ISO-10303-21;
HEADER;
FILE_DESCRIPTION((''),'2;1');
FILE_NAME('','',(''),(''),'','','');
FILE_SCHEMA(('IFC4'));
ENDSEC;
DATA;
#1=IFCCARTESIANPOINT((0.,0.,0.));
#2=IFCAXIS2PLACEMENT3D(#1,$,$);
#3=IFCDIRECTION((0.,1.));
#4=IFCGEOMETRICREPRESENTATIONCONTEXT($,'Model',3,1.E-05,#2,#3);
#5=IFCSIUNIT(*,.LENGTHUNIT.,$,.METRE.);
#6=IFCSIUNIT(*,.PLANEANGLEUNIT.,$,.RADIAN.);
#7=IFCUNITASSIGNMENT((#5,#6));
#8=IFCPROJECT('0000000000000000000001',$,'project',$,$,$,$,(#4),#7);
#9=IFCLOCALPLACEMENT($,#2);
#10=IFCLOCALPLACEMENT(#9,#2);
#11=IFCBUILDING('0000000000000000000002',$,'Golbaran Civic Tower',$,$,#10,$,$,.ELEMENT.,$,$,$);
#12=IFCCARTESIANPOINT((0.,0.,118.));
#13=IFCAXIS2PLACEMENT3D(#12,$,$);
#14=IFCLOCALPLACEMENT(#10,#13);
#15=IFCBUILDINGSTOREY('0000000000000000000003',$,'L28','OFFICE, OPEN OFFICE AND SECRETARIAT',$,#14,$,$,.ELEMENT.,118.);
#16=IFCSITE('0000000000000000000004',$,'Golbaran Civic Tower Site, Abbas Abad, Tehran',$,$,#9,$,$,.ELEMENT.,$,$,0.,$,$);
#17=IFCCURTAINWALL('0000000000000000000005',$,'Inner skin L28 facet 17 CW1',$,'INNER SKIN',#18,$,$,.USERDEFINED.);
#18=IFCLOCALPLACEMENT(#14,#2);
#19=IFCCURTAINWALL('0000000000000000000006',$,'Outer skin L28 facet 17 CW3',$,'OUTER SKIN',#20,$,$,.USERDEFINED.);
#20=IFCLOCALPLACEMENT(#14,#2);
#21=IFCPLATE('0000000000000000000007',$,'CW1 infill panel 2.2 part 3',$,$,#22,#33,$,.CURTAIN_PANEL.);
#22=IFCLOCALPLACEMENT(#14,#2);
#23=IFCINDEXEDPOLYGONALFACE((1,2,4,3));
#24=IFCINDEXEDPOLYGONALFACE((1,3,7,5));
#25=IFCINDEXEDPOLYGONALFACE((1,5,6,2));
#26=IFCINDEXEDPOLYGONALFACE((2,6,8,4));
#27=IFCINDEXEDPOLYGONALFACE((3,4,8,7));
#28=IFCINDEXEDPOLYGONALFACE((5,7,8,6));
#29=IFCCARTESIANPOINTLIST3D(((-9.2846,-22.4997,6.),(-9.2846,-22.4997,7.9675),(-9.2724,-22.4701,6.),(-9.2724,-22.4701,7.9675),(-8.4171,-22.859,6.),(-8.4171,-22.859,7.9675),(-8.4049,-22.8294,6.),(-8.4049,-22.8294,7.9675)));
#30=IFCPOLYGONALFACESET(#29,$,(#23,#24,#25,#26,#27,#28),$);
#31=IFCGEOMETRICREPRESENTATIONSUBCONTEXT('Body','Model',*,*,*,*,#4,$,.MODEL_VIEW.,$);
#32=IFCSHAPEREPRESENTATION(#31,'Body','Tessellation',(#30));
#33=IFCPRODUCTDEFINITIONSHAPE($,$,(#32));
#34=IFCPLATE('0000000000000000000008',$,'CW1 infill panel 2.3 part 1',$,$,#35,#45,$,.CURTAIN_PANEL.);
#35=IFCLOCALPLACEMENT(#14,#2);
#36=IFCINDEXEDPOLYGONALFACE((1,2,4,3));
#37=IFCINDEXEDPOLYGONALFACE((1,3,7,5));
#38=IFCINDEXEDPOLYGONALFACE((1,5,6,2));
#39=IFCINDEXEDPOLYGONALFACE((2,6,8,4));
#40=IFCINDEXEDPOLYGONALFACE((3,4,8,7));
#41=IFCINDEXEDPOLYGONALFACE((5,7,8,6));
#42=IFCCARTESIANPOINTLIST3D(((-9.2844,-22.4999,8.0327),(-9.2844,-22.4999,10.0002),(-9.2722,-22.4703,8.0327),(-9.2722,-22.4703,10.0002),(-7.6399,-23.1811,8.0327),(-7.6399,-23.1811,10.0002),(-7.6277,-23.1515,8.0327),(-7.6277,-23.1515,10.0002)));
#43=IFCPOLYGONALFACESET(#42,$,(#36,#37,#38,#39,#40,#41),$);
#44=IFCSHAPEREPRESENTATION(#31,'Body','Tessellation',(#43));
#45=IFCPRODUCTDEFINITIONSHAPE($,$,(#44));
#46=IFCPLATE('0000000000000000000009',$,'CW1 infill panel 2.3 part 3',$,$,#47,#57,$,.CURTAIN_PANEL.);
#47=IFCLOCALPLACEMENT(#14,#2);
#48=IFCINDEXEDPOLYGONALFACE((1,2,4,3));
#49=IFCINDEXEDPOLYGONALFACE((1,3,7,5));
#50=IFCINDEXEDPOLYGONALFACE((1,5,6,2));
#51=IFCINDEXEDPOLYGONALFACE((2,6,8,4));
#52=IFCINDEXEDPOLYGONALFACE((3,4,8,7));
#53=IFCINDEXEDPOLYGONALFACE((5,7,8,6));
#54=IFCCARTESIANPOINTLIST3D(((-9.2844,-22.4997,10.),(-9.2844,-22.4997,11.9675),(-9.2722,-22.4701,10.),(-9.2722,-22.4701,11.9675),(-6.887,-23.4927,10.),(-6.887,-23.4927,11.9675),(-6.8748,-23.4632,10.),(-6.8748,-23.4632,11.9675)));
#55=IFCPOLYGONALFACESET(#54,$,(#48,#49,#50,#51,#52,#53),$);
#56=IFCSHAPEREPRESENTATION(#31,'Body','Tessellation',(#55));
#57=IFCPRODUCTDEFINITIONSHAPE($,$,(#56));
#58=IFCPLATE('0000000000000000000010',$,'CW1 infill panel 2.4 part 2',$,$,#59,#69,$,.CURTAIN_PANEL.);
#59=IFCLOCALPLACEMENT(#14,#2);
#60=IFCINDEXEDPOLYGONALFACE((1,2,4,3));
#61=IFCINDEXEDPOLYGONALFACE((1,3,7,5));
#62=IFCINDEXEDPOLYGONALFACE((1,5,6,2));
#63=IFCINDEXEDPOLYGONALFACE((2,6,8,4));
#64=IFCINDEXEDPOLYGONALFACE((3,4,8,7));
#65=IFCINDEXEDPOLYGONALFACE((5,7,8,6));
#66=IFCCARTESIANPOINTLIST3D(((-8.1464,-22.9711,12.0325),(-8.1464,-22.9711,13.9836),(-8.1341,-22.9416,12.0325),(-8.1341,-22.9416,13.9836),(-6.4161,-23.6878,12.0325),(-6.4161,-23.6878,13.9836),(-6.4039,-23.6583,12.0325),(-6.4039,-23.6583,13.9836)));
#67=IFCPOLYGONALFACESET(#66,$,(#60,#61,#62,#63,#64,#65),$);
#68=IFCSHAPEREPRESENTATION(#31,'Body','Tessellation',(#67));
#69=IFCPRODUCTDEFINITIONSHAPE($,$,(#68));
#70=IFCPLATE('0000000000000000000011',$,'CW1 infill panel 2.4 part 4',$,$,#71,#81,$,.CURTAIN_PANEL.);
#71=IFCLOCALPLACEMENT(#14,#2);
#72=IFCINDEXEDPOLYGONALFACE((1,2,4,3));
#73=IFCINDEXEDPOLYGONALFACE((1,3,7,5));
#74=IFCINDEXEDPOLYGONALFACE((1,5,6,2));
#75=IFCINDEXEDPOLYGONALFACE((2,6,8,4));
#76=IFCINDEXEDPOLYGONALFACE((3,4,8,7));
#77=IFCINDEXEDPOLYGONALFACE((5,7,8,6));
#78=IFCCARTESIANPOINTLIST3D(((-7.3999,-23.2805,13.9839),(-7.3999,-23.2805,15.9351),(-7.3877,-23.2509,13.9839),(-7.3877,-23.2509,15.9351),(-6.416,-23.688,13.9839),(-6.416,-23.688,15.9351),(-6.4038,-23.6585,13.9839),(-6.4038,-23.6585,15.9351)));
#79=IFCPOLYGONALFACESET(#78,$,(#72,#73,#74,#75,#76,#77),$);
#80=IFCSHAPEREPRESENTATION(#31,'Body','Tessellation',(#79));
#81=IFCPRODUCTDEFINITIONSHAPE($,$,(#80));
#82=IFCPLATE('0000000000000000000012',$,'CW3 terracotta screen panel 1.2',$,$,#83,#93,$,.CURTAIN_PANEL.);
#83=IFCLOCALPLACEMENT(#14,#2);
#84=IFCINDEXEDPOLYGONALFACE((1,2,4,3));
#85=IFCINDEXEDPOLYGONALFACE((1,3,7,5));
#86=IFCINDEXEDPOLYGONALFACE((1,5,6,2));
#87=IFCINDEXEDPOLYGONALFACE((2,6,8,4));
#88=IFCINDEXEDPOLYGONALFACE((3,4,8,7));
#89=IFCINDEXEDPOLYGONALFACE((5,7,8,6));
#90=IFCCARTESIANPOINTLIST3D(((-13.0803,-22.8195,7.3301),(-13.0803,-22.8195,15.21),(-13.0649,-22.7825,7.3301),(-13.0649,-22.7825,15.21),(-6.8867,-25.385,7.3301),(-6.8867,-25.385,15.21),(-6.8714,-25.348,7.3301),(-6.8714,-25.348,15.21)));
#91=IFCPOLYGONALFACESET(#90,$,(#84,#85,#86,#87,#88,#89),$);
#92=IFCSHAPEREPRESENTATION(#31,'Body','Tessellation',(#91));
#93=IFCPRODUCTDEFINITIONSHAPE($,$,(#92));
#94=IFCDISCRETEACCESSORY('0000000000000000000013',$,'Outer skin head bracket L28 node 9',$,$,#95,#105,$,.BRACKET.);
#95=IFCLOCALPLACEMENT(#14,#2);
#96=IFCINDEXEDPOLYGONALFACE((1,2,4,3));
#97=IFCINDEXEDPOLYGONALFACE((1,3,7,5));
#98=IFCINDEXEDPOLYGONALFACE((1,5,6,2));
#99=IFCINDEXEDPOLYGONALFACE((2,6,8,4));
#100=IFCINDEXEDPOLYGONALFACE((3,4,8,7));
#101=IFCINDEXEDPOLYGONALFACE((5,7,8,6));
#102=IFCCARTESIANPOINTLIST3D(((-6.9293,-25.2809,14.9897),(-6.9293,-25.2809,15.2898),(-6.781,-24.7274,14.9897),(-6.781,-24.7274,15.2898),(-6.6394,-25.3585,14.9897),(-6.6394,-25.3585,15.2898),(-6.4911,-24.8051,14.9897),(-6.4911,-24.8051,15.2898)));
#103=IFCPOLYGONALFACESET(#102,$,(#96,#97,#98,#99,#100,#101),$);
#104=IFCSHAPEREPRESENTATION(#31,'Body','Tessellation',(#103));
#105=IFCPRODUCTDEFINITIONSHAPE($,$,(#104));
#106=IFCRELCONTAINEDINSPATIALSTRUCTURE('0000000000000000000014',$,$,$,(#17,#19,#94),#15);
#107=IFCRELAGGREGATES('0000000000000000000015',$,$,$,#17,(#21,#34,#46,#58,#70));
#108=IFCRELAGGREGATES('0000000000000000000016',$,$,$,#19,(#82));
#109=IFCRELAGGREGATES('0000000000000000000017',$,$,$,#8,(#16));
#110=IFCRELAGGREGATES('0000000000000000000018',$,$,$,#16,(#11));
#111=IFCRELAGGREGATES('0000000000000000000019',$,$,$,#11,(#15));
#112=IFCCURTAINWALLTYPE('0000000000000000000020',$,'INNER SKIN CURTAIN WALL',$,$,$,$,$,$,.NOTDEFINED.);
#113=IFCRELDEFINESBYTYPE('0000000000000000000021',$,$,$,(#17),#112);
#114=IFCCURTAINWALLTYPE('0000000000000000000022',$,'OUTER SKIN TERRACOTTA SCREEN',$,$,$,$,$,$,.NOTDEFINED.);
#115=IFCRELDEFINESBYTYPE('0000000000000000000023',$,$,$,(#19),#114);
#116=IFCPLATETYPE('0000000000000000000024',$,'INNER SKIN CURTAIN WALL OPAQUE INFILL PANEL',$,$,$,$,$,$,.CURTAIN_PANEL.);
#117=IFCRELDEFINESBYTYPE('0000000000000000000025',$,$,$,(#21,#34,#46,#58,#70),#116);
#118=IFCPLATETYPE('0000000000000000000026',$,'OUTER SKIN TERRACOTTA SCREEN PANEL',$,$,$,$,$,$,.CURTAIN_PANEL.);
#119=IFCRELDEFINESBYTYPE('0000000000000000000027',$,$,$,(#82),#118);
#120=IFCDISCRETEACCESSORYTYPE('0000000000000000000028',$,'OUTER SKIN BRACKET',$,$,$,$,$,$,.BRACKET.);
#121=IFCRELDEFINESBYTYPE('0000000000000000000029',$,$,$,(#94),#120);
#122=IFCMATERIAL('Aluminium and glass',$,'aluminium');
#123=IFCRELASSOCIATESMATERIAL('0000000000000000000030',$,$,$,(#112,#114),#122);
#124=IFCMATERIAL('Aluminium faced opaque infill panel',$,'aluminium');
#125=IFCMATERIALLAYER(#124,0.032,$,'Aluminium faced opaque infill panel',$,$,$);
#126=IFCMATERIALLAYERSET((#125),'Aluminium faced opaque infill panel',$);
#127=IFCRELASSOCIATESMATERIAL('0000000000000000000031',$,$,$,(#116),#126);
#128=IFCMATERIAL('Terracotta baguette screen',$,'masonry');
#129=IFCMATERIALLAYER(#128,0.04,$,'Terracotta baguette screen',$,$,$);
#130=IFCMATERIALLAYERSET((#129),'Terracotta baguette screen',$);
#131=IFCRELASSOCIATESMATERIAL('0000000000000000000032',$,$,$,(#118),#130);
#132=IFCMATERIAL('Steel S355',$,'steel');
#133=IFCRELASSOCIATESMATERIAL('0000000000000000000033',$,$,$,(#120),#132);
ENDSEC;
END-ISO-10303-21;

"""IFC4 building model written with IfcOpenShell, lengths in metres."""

from ifc_helpers import new_model, si_unit, direction, frame, origin, origin_2d, place, context, subcontext, project, spatial, rectangle, extrude, material, layer, layer_set, type_object, element, aggregate, save


model = new_model("IFC4")

# Units and contexts
model_context = context("Model", 3, precision=1e-05, world=origin(), true_north=direction((0.0, 1.0)))
body_context = subcontext(model_context, "Body", "Model", "MODEL_VIEW")
ifc_project = project(units=[si_unit("LENGTHUNIT", "METRE"), si_unit("PLANEANGLEUNIT", "RADIAN")], contexts=[model_context])

# Site, building, storey
site_placement = place(None, origin())
site = spatial("IfcSite", under=ifc_project, at=site_placement, Name="Golbaran Civic Tower Site, Abbas Abad, Tehran", CompositionType="ELEMENT", RefElevation=0.0)
building_placement = place(site_placement, origin())
building = spatial("IfcBuilding", under=site, at=building_placement, Name="Golbaran Civic Tower", CompositionType="ELEMENT")
storey_placement = place(building_placement, frame((0.0, 0.0, 118.0)))
storey = spatial("IfcBuildingStorey", under=building, at=storey_placement, Name="L28", Description="OFFICE, OPEN OFFICE AND SECRETARIAT", CompositionType="ELEMENT", Elevation=118.0)

# Curtain walls
ifc_material_1 = material(Name="Aluminium and glass", Category="aluminium")
curtain_wall_type_1 = type_object("IfcCurtainWallType", Name="INNER SKIN CURTAIN WALL", PredefinedType="NOTDEFINED", material=ifc_material_1)
curtain_wall_1_placement = place(storey_placement, origin())
curtain_wall_1 = element("IfcCurtainWall", 1, at=curtain_wall_1_placement, inside=storey, type_object=curtain_wall_type_1, Name="Inner skin L28 facet 17 CW1", ObjectType="INNER SKIN", PredefinedType="USERDEFINED")
curtain_wall_type_2 = type_object("IfcCurtainWallType", Name="OUTER SKIN TERRACOTTA SCREEN", PredefinedType="NOTDEFINED", material=ifc_material_1)
curtain_wall_2_placement = place(storey_placement, origin())
curtain_wall_2 = element("IfcCurtainWall", 2, at=curtain_wall_2_placement, inside=storey, type_object=curtain_wall_type_2, Name="Outer skin L28 facet 17 CW3", ObjectType="OUTER SKIN", PredefinedType="USERDEFINED")

# Plates
ifc_material_2 = material(Name="Aluminium faced opaque infill panel", Category="aluminium")
ifc_layer_1 = layer(ifc_material_2, 0.032, Name="Aluminium faced opaque infill panel")
ifc_layer_set_1 = layer_set([ifc_layer_1], Name="Aluminium faced opaque infill panel")
plate_type_1 = type_object("IfcPlateType", Name="INNER SKIN CURTAIN WALL OPAQUE INFILL PANEL", PredefinedType="CURTAIN_PANEL", material=ifc_layer_set_1)
plate_1_placement = place(storey_placement, frame((-8.8447, -22.6646, 6.0), z_axis=(0.0, 0.0, 1.0), x_axis=(0.92388, -0.382683, 0.0)))
plate_1 = element("IfcPlate", 3, at=plate_1_placement, type_object=plate_type_1, Name="CW1 infill panel 2.2 part 3", PredefinedType="CURTAIN_PANEL", context=body_context, shape_type="SweptSolid", body=[
    extrude(rectangle(XDim=0.939, YDim=0.032, at=origin_2d()), origin(), (0.0, 0.0, 1.0), 1.9675),
])
plate_2_placement = place(storey_placement, frame((-8.4561, -22.8257, 8.0327), z_axis=(0.0, 0.0, 1.0), x_axis=(0.92388, -0.382683, 0.0)))
plate_2 = element("IfcPlate", 4, at=plate_2_placement, type_object=plate_type_1, Name="CW1 infill panel 2.3 part 1", PredefinedType="CURTAIN_PANEL", context=body_context, shape_type="SweptSolid", body=[
    extrude(rectangle(XDim=1.78, YDim=0.032, at=origin_2d()), origin(), (0.0, 0.0, 1.0), 1.9675),
])
plate_3_placement = place(storey_placement, frame((-8.0796, -22.9814, 10.0), z_axis=(0.0, 0.0, 1.0), x_axis=(0.92388, -0.382683, 0.0)))
plate_3 = element("IfcPlate", 5, at=plate_3_placement, type_object=plate_type_1, Name="CW1 infill panel 2.3 part 3", PredefinedType="CURTAIN_PANEL", context=body_context, shape_type="SweptSolid", body=[
    extrude(rectangle(XDim=2.595, YDim=0.032, at=origin_2d()), origin(), (0.0, 0.0, 1.0), 1.9675),
])
plate_4_placement = place(storey_placement, frame((-7.2751, -23.3147, 12.0325), z_axis=(0.0, 0.0, 1.0), x_axis=(0.92388, -0.382683, 0.0)))
plate_4 = element("IfcPlate", 6, at=plate_4_placement, type_object=plate_type_1, Name="CW1 infill panel 2.4 part 2", PredefinedType="CURTAIN_PANEL", context=body_context, shape_type="SweptSolid", body=[
    extrude(rectangle(XDim=1.8728, YDim=0.032, at=origin_2d()), origin(), (0.0, 0.0, 1.0), 1.9512),
])
plate_5_placement = place(storey_placement, frame((-6.9019, -23.4695, 13.9839), z_axis=(0.0, 0.0, 1.0), x_axis=(0.92388, -0.382683, 0.0)))
plate_5 = element("IfcPlate", 7, at=plate_5_placement, type_object=plate_type_1, Name="CW1 infill panel 2.4 part 4", PredefinedType="CURTAIN_PANEL", context=body_context, shape_type="SweptSolid", body=[
    extrude(rectangle(XDim=1.0649, YDim=0.032, at=origin_2d()), origin(), (0.0, 0.0, 1.0), 1.9512),
])
aggregate(curtain_wall_1, [plate_1, plate_2, plate_3, plate_4, plate_5])
ifc_material_3 = material(Name="Terracotta baguette screen", Category="masonry")
ifc_layer_2 = layer(ifc_material_3, 0.04, Name="Terracotta baguette screen")
ifc_layer_set_2 = layer_set([ifc_layer_2], Name="Terracotta baguette screen")
plate_type_2 = type_object("IfcPlateType", Name="OUTER SKIN TERRACOTTA SCREEN PANEL", PredefinedType="CURTAIN_PANEL", material=ifc_layer_set_2)
plate_6_placement = place(storey_placement, frame((-9.9758, -24.0837, 7.3301), z_axis=(0.0, 0.0, 1.0), x_axis=(0.92388, -0.382683, 0.0)))
plate_6 = element("IfcPlate", 8, at=plate_6_placement, type_object=plate_type_2, Name="CW3 terracotta screen panel 1.2", PredefinedType="CURTAIN_PANEL", context=body_context, shape_type="SweptSolid", body=[
    extrude(rectangle(XDim=6.7039, YDim=0.04, at=origin_2d()), origin(), (0.0, 0.0, 1.0), 7.8799),
])
aggregate(curtain_wall_2, [plate_6])

# Discrete accessory
ifc_material_4 = material(Name="Steel S355", Category="steel")
discrete_accessory_type = type_object("IfcDiscreteAccessoryType", Name="OUTER SKIN BRACKET", PredefinedType="BRACKET", material=ifc_material_4)
discrete_accessory_placement = place(storey_placement, frame((-6.7102, -25.043, 14.9897), z_axis=(0.0, 0.0, 1.0), x_axis=(-0.258819, -0.965926, 0.0)))
element("IfcDiscreteAccessory", 9, at=discrete_accessory_placement, inside=storey, type_object=discrete_accessory_type, Name="Outer skin head bracket L28 node 9", PredefinedType="BRACKET", context=body_context, shape_type="SweptSolid", body=[
    extrude(rectangle(XDim=0.573, YDim=0.3, at=origin_2d()), origin(), (0.0, 0.0, 1.0), 0.3),
])

save(model, "model.ifc")
